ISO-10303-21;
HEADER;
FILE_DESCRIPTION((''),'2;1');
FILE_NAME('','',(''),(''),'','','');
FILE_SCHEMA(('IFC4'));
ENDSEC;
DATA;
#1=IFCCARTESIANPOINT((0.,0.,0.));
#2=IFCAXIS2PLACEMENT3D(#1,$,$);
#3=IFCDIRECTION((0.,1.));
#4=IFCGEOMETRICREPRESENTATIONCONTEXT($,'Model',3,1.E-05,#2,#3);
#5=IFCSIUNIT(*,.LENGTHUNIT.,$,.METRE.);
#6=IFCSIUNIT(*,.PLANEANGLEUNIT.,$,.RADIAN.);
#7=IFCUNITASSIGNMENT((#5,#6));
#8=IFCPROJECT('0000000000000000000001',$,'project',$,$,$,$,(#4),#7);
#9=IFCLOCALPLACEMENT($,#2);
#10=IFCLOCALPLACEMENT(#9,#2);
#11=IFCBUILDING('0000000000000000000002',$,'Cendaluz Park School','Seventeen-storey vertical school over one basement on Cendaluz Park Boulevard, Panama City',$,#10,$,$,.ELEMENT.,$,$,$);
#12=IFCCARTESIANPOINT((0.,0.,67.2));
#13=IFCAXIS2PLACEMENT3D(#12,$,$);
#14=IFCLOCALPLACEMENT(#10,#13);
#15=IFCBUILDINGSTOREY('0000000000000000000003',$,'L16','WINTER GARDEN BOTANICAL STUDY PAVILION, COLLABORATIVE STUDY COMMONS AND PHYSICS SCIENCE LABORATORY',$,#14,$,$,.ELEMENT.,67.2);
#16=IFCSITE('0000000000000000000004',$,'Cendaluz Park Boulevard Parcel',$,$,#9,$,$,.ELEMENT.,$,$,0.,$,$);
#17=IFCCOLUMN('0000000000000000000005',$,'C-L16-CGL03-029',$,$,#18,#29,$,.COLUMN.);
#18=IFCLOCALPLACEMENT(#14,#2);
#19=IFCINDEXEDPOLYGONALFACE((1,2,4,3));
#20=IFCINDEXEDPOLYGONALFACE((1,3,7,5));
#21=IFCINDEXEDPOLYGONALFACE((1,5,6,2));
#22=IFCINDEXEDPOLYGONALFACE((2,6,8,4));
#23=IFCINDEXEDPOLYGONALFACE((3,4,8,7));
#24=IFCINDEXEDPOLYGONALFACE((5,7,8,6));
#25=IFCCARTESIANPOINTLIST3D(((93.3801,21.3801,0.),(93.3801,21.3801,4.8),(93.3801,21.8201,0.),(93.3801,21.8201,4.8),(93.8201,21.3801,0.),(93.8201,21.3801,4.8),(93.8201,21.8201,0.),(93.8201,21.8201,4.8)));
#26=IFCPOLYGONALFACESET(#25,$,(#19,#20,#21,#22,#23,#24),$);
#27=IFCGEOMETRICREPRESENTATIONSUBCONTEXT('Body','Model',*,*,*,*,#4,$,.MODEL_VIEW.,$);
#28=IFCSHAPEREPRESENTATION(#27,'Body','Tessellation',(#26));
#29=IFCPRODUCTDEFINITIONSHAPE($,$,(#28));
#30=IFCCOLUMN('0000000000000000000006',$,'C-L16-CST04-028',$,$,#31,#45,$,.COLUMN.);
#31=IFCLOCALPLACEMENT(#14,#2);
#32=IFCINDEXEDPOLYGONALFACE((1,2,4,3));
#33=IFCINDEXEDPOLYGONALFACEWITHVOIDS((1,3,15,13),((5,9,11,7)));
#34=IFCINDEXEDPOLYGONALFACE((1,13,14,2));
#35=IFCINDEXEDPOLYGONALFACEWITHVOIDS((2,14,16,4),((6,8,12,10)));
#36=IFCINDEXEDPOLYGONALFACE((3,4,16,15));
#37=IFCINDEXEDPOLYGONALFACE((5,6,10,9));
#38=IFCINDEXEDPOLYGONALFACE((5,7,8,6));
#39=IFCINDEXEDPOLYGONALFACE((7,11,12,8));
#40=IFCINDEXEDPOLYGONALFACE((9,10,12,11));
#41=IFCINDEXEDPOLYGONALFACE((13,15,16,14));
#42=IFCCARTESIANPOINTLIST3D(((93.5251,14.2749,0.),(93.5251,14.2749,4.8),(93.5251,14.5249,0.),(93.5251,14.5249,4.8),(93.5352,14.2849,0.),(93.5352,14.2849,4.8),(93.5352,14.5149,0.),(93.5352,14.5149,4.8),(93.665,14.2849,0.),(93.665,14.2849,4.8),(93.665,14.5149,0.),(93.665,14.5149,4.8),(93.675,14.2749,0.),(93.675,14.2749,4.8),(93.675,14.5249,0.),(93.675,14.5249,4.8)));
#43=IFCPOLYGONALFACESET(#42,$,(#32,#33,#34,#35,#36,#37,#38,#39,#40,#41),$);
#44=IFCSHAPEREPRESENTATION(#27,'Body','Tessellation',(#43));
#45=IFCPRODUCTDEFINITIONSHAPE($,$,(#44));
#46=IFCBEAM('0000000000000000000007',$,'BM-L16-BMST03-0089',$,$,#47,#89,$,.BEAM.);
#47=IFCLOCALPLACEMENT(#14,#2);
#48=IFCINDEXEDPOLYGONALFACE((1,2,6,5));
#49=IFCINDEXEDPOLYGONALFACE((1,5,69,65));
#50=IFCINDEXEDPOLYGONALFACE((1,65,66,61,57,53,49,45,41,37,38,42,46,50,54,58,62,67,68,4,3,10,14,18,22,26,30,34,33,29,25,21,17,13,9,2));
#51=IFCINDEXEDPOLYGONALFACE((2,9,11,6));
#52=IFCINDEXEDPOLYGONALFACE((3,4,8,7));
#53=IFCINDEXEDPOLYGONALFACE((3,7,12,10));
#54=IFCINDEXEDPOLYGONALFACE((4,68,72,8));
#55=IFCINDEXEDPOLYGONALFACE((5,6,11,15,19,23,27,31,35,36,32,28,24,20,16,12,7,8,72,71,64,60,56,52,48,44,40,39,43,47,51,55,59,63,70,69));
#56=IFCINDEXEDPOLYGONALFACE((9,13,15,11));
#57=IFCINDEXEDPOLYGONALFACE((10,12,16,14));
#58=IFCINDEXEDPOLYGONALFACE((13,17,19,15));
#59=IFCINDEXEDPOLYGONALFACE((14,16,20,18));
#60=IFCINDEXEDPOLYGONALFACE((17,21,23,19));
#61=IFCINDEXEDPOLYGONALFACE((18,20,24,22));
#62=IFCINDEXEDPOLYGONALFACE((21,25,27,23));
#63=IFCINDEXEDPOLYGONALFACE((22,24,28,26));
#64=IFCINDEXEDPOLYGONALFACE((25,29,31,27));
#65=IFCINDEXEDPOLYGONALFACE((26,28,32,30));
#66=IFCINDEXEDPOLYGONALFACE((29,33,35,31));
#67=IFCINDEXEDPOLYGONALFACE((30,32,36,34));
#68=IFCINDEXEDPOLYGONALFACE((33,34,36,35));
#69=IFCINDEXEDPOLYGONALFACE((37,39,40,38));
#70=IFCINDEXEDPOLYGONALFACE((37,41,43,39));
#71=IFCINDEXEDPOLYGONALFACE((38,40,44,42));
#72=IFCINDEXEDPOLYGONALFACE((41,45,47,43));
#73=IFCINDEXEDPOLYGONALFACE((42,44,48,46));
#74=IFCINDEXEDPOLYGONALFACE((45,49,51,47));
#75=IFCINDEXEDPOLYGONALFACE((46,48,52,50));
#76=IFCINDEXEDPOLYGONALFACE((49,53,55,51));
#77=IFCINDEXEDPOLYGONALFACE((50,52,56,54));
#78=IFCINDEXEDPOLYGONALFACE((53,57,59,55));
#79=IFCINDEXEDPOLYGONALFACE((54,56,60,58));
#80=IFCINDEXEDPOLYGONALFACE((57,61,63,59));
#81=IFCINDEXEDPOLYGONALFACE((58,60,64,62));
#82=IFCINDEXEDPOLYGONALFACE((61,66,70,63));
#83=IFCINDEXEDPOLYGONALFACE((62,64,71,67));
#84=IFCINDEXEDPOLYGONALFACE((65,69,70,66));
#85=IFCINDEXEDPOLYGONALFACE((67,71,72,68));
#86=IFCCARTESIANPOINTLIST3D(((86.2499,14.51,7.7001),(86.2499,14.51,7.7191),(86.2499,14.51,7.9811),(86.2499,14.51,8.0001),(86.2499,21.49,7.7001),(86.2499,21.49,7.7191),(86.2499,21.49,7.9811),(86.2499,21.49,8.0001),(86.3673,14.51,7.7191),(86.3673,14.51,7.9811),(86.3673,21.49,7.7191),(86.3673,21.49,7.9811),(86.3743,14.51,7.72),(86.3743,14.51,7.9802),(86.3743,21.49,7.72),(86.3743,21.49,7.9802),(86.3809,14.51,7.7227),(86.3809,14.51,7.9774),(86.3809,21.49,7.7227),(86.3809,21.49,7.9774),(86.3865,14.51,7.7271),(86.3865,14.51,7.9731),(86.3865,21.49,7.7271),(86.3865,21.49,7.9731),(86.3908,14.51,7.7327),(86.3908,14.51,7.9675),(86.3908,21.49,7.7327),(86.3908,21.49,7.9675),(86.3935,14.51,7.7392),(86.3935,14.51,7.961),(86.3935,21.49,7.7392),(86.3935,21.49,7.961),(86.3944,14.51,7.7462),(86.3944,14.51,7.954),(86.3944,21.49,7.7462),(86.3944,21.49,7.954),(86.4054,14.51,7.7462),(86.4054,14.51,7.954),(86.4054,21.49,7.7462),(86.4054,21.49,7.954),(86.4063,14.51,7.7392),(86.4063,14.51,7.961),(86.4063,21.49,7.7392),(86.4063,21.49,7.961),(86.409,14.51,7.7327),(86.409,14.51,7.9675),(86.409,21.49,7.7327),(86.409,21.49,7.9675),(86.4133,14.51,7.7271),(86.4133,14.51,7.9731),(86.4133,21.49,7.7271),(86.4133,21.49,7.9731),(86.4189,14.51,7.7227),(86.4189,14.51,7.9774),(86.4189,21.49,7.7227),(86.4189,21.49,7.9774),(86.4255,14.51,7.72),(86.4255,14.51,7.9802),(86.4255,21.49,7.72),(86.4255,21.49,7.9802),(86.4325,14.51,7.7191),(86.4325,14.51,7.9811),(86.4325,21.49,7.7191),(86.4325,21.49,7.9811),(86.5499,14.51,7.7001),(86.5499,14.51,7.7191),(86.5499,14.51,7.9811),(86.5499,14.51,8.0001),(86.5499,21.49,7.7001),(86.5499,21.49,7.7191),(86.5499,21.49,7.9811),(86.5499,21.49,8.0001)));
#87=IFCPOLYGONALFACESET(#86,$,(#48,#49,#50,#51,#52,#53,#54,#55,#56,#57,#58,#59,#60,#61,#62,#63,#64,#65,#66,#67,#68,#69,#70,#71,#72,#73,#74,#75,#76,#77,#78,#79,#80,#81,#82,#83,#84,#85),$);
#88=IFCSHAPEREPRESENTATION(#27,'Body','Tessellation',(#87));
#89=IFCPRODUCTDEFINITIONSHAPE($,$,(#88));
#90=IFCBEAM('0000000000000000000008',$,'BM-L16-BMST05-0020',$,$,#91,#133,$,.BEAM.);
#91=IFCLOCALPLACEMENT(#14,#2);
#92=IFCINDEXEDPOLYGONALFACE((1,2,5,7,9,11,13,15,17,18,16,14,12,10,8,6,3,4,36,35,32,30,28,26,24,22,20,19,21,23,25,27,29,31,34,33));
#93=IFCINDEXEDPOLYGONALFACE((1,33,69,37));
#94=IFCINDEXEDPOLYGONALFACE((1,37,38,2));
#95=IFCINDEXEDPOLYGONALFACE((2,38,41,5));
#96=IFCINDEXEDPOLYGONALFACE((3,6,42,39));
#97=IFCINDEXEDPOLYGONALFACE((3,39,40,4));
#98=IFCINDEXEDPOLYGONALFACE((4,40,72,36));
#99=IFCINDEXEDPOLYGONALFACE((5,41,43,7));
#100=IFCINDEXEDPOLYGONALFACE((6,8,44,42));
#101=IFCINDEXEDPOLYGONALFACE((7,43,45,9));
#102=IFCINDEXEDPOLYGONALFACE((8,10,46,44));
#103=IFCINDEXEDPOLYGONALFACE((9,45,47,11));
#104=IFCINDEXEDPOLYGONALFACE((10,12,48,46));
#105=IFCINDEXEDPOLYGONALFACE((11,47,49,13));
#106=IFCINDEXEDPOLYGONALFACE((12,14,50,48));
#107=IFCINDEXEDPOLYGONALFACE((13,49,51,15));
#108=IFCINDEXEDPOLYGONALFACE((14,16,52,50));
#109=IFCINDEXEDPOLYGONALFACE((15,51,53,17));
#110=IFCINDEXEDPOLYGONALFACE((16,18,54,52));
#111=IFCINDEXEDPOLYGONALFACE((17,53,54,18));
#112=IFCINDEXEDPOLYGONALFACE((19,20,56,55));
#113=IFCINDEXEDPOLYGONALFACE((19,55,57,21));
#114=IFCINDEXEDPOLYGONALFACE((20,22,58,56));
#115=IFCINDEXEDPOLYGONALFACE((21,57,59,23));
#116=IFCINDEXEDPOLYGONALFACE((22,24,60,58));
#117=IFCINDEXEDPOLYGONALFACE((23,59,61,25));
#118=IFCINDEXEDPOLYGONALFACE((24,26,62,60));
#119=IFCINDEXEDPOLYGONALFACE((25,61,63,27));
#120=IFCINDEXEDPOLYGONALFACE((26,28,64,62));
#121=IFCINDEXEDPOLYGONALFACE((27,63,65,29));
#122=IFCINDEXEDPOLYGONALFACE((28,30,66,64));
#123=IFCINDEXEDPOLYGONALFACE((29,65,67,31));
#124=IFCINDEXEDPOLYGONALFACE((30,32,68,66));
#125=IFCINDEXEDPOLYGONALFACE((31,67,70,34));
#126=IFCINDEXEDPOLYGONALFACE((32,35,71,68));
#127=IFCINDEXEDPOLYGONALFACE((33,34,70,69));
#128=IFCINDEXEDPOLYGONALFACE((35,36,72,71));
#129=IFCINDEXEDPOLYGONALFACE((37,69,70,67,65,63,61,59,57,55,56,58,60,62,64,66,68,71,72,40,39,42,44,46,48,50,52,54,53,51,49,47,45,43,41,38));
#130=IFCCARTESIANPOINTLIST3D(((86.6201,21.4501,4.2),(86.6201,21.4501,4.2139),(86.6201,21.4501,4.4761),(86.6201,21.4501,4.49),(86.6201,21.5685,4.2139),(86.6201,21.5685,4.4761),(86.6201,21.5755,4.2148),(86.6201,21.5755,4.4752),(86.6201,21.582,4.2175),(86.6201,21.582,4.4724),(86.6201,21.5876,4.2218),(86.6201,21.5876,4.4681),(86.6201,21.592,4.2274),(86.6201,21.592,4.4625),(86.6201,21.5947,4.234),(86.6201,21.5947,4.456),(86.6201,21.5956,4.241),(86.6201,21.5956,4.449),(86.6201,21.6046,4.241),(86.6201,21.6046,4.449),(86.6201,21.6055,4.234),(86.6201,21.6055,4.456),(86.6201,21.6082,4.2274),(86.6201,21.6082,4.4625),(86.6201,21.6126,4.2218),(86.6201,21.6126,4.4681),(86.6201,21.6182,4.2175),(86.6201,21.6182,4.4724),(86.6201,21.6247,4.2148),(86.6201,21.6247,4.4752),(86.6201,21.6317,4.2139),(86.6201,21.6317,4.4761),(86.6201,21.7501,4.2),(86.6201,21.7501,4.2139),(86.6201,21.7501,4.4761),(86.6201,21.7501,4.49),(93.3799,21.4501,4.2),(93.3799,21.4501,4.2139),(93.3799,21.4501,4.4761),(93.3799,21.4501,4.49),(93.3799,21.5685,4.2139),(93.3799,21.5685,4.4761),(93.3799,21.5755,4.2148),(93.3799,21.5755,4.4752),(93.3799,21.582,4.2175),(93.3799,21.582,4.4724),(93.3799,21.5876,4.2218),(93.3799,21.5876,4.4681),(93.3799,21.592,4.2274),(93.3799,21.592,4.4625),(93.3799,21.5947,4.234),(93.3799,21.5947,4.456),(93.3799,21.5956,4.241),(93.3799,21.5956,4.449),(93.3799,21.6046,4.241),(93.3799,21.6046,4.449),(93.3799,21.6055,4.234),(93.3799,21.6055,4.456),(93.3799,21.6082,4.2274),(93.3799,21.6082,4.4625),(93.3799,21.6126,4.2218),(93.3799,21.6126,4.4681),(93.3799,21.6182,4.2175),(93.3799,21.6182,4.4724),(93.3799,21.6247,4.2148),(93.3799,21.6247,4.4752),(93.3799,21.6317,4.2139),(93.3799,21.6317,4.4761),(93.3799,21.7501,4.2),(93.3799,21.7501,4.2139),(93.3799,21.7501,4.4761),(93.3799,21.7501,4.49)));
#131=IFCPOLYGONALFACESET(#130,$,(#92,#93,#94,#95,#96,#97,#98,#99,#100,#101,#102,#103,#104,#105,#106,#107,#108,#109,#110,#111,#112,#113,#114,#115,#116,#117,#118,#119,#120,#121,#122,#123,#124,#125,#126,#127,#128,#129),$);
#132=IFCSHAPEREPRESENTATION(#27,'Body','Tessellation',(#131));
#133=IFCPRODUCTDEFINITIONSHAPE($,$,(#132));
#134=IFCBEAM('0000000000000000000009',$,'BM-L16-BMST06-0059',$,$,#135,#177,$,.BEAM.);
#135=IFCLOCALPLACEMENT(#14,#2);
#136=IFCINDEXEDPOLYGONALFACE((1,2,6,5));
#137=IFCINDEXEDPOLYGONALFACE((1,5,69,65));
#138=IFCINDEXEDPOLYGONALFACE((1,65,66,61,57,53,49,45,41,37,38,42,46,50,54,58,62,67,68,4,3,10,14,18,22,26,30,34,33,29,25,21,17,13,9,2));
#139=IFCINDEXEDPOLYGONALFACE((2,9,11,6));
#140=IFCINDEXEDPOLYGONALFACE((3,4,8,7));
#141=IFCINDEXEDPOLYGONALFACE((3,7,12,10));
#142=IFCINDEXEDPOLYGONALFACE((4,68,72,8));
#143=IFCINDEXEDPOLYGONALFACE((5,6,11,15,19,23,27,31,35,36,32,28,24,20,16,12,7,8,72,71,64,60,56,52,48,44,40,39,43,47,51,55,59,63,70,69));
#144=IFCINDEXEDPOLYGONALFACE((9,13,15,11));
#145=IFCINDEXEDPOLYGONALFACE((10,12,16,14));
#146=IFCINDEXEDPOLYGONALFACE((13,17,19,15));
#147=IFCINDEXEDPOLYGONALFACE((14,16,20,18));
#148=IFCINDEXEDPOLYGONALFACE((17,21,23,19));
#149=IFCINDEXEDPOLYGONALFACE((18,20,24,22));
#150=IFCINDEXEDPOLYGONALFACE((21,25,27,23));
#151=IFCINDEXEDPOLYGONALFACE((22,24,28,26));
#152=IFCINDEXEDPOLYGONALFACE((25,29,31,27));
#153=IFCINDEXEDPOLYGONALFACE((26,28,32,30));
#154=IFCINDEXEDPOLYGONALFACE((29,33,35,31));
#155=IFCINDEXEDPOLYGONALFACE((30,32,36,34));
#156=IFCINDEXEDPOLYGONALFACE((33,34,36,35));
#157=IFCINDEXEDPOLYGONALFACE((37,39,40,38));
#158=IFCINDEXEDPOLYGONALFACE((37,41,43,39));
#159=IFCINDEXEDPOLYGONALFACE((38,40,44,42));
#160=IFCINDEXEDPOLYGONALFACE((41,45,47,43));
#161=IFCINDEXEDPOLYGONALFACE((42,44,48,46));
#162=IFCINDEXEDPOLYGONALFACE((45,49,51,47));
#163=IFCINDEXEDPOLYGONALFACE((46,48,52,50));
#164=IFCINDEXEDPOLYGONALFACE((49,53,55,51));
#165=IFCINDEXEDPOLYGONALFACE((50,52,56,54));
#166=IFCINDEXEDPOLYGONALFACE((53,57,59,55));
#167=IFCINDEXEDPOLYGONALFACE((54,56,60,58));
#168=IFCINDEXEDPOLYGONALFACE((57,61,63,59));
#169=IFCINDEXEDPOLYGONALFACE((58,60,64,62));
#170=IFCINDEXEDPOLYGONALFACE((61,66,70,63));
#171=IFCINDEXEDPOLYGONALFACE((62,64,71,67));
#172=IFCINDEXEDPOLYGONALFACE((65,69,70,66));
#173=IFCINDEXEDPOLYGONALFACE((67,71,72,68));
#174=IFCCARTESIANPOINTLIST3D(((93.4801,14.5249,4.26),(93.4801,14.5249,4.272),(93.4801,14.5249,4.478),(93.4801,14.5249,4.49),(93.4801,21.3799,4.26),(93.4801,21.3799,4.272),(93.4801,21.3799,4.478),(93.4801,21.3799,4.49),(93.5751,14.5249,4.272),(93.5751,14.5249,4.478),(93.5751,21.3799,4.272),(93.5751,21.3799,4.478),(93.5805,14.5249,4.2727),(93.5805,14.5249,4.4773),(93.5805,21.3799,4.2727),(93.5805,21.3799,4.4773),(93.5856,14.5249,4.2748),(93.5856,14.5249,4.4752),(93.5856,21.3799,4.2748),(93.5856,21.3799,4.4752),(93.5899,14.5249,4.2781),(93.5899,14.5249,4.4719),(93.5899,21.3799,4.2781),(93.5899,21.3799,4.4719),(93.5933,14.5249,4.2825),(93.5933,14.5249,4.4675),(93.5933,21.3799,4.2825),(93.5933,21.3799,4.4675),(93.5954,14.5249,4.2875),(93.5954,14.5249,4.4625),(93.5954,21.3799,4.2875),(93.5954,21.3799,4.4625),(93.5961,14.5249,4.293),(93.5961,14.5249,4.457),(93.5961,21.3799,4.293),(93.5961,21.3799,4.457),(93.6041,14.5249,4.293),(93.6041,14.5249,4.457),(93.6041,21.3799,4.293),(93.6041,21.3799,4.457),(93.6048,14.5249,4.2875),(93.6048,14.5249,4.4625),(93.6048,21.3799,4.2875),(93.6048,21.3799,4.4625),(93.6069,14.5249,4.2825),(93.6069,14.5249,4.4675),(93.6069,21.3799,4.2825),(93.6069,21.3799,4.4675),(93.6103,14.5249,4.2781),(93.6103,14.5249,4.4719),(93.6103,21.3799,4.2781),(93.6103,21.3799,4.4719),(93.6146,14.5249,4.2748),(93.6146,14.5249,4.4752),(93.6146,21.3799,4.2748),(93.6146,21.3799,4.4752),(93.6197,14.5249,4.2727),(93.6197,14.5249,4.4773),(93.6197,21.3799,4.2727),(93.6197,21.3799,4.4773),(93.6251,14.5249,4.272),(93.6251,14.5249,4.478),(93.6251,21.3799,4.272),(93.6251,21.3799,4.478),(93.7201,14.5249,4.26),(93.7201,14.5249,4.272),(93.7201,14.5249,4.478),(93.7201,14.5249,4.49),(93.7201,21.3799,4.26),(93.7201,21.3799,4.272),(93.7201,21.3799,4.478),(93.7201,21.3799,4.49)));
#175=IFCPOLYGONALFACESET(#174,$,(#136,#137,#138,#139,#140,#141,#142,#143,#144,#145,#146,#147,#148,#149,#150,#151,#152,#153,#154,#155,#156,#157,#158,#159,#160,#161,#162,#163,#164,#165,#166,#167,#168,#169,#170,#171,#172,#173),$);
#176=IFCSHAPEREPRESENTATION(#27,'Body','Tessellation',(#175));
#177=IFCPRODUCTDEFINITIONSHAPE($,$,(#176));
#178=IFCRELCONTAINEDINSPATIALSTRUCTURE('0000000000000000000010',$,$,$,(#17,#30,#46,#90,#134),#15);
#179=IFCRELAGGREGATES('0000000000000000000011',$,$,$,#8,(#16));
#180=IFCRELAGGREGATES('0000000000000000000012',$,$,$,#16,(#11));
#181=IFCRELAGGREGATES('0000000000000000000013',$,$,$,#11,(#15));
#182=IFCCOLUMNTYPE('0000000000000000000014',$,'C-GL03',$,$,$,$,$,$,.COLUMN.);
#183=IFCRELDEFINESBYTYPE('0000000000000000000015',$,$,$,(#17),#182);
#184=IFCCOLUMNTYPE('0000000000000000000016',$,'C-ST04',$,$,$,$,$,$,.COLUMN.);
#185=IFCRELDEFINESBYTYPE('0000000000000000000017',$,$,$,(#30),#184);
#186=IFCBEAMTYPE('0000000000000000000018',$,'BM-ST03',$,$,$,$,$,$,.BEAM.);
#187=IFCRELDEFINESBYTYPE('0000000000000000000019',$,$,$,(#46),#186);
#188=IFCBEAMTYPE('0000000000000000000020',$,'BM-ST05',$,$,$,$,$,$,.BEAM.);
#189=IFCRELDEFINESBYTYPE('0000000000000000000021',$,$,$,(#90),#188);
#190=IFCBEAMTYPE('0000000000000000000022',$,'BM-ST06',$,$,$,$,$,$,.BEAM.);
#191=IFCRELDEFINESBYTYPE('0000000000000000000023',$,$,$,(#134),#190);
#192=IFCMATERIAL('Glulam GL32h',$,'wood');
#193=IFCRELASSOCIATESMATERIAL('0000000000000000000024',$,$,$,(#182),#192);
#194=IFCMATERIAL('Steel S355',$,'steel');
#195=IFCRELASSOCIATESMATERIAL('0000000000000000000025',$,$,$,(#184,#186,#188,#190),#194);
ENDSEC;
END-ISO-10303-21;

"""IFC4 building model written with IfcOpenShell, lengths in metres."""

from ifc_helpers import new_model, si_unit, direction, frame, origin, origin_2d, place, context, subcontext, project, spatial, rectangle, hollow_rectangle, i_section, extrude, material, material_profile, profile_set, type_object, element, save


model = new_model("IFC4")

# Units and contexts
model_context = context("Model", 3, precision=1e-05, world=origin(), true_north=direction((0.0, 1.0)))
body_context = subcontext(model_context, "Body", "Model", "MODEL_VIEW")
ifc_project = project(units=[si_unit("LENGTHUNIT", "METRE"), si_unit("PLANEANGLEUNIT", "RADIAN")], contexts=[model_context])

# Site, building, storey
site_placement = place(None, origin())
site = spatial("IfcSite", under=ifc_project, at=site_placement, Name="Cendaluz Park Boulevard Parcel", CompositionType="ELEMENT", RefElevation=0.0)
building_placement = place(site_placement, origin())
building = spatial("IfcBuilding", under=site, at=building_placement, Name="Cendaluz Park School", Description="Seventeen-storey vertical school over one basement on Cendaluz Park Boulevard, Panama City", CompositionType="ELEMENT")
storey_placement = place(building_placement, frame((0.0, 0.0, 67.2)))
storey = spatial("IfcBuildingStorey", under=building, at=storey_placement, Name="L16", Description="WINTER GARDEN BOTANICAL STUDY PAVILION, COLLABORATIVE STUDY COMMONS AND PHYSICS SCIENCE LABORATORY", CompositionType="ELEMENT", Elevation=67.2)

# Columns
ifc_material_1 = material(Name="Glulam GL32h", Category="wood")
ifc_material_profile_1 = material_profile(ifc_material_1, rectangle(XDim=0.4399, YDim=0.4399, at=origin_2d()), Name="GL32h 440x440", Category="wood")
ifc_profile_set_1 = profile_set([ifc_material_profile_1], Name="Glulam GL32h")
column_type_1 = type_object("IfcColumnType", Name="C-GL03", PredefinedType="COLUMN", material=ifc_profile_set_1)
column_1_placement = place(storey_placement, frame((93.6001, 21.6001, 0.0), z_axis=(0.0, 0.0, 1.0), x_axis=(1.0, 0.0, 0.0)))
element("IfcColumn", 1, at=column_1_placement, inside=storey, type_object=column_type_1, Name="C-L16-CGL03-029", PredefinedType="COLUMN", context=body_context, shape_type="SweptSolid", body=[
    extrude(rectangle(XDim=0.4399, YDim=0.4399, at=origin_2d()), origin(), (0.0, 0.0, 1.0), 4.8),
])
ifc_material_2 = material(Name="Steel S355", Category="steel")
ifc_material_profile_2 = material_profile(ifc_material_2, hollow_rectangle(XDim=0.1499, YDim=0.25, WallThickness=0.01, at=origin_2d()), Name="RHS 250x150x10", Category="steel")
ifc_profile_set_2 = profile_set([ifc_material_profile_2], Name="Steel S355")
column_type_2 = type_object("IfcColumnType", Name="C-ST04", PredefinedType="COLUMN", material=ifc_profile_set_2)
column_2_placement = place(storey_placement, frame((93.6001, 14.3999, 0.0), z_axis=(0.0, 0.0, 1.0), x_axis=(1.0, 0.0, 0.0)))
element("IfcColumn", 2, at=column_2_placement, inside=storey, type_object=column_type_2, Name="C-L16-CST04-028", PredefinedType="COLUMN", context=body_context, shape_type="SweptSolid", body=[
    extrude(hollow_rectangle(XDim=0.1499, YDim=0.25, WallThickness=0.01, at=origin_2d()), origin(), (0.0, 0.0, 1.0), 4.8),
])

# Beams
ifc_material_profile_3 = material_profile(ifc_material_2, i_section(OverallWidth=0.3, OverallDepth=0.3, WebThickness=0.011, FlangeThickness=0.019, FilletRadius=0.0271, at=origin_2d()), Name="HEB 300", Category="steel")
ifc_profile_set_3 = profile_set([ifc_material_profile_3], Name="Steel S355")
beam_type_1 = type_object("IfcBeamType", Name="BM-ST03", PredefinedType="BEAM", material=ifc_profile_set_3)
beam_1_placement = place(storey_placement, frame((86.3999, 14.51, 7.8501), z_axis=(0.0, 1.0, 0.0), x_axis=(-1.0, 0.0, 0.0)))
element("IfcBeam", 3, at=beam_1_placement, inside=storey, type_object=beam_type_1, Name="BM-L16-BMST03-0089", PredefinedType="BEAM", context=body_context, shape_type="SweptSolid", body=[
    extrude(i_section(OverallWidth=0.3, OverallDepth=0.3, WebThickness=0.011, FlangeThickness=0.019, FilletRadius=0.0271, at=origin_2d()), origin(), (0.0, 0.0, 1.0), 6.98),
])
ifc_material_profile_4 = material_profile(ifc_material_2, i_section(OverallWidth=0.3, OverallDepth=0.29, WebThickness=0.009, FlangeThickness=0.0139, FilletRadius=0.0271, at=origin_2d()), Name="HEA 300", Category="steel")
ifc_profile_set_4 = profile_set([ifc_material_profile_4], Name="Steel S355")
beam_type_2 = type_object("IfcBeamType", Name="BM-ST05", PredefinedType="BEAM", material=ifc_profile_set_4)
beam_2_placement = place(storey_placement, frame((86.6201, 21.6001, 4.345), z_axis=(1.0, 0.0, 0.0), x_axis=(0.0, 1.0, 0.0)))
element("IfcBeam", 4, at=beam_2_placement, inside=storey, type_object=beam_type_2, Name="BM-L16-BMST05-0020", PredefinedType="BEAM", context=body_context, shape_type="SweptSolid", body=[
    extrude(i_section(OverallWidth=0.3, OverallDepth=0.29, WebThickness=0.009, FlangeThickness=0.0139, FilletRadius=0.0271, at=origin_2d()), origin(), (0.0, 0.0, 1.0), 6.7598),
])
ifc_material_profile_5 = material_profile(ifc_material_2, i_section(OverallWidth=0.24, OverallDepth=0.23, WebThickness=0.0081, FlangeThickness=0.012, FilletRadius=0.021, at=origin_2d()), Name="HEA 240", Category="steel")
ifc_profile_set_5 = profile_set([ifc_material_profile_5], Name="Steel S355")
beam_type_3 = type_object("IfcBeamType", Name="BM-ST06", PredefinedType="BEAM", material=ifc_profile_set_5)
beam_3_placement = place(storey_placement, frame((93.6001, 14.5249, 4.375), z_axis=(0.0, 1.0, 0.0), x_axis=(-1.0, 0.0, 0.0)))
element("IfcBeam", 5, at=beam_3_placement, inside=storey, type_object=beam_type_3, Name="BM-L16-BMST06-0059", PredefinedType="BEAM", context=body_context, shape_type="SweptSolid", body=[
    extrude(i_section(OverallWidth=0.24, OverallDepth=0.23, WebThickness=0.0081, FlangeThickness=0.012, FilletRadius=0.021, at=origin_2d()), origin(), (0.0, 0.0, 1.0), 6.855),
])

save(model, "model.ifc")
